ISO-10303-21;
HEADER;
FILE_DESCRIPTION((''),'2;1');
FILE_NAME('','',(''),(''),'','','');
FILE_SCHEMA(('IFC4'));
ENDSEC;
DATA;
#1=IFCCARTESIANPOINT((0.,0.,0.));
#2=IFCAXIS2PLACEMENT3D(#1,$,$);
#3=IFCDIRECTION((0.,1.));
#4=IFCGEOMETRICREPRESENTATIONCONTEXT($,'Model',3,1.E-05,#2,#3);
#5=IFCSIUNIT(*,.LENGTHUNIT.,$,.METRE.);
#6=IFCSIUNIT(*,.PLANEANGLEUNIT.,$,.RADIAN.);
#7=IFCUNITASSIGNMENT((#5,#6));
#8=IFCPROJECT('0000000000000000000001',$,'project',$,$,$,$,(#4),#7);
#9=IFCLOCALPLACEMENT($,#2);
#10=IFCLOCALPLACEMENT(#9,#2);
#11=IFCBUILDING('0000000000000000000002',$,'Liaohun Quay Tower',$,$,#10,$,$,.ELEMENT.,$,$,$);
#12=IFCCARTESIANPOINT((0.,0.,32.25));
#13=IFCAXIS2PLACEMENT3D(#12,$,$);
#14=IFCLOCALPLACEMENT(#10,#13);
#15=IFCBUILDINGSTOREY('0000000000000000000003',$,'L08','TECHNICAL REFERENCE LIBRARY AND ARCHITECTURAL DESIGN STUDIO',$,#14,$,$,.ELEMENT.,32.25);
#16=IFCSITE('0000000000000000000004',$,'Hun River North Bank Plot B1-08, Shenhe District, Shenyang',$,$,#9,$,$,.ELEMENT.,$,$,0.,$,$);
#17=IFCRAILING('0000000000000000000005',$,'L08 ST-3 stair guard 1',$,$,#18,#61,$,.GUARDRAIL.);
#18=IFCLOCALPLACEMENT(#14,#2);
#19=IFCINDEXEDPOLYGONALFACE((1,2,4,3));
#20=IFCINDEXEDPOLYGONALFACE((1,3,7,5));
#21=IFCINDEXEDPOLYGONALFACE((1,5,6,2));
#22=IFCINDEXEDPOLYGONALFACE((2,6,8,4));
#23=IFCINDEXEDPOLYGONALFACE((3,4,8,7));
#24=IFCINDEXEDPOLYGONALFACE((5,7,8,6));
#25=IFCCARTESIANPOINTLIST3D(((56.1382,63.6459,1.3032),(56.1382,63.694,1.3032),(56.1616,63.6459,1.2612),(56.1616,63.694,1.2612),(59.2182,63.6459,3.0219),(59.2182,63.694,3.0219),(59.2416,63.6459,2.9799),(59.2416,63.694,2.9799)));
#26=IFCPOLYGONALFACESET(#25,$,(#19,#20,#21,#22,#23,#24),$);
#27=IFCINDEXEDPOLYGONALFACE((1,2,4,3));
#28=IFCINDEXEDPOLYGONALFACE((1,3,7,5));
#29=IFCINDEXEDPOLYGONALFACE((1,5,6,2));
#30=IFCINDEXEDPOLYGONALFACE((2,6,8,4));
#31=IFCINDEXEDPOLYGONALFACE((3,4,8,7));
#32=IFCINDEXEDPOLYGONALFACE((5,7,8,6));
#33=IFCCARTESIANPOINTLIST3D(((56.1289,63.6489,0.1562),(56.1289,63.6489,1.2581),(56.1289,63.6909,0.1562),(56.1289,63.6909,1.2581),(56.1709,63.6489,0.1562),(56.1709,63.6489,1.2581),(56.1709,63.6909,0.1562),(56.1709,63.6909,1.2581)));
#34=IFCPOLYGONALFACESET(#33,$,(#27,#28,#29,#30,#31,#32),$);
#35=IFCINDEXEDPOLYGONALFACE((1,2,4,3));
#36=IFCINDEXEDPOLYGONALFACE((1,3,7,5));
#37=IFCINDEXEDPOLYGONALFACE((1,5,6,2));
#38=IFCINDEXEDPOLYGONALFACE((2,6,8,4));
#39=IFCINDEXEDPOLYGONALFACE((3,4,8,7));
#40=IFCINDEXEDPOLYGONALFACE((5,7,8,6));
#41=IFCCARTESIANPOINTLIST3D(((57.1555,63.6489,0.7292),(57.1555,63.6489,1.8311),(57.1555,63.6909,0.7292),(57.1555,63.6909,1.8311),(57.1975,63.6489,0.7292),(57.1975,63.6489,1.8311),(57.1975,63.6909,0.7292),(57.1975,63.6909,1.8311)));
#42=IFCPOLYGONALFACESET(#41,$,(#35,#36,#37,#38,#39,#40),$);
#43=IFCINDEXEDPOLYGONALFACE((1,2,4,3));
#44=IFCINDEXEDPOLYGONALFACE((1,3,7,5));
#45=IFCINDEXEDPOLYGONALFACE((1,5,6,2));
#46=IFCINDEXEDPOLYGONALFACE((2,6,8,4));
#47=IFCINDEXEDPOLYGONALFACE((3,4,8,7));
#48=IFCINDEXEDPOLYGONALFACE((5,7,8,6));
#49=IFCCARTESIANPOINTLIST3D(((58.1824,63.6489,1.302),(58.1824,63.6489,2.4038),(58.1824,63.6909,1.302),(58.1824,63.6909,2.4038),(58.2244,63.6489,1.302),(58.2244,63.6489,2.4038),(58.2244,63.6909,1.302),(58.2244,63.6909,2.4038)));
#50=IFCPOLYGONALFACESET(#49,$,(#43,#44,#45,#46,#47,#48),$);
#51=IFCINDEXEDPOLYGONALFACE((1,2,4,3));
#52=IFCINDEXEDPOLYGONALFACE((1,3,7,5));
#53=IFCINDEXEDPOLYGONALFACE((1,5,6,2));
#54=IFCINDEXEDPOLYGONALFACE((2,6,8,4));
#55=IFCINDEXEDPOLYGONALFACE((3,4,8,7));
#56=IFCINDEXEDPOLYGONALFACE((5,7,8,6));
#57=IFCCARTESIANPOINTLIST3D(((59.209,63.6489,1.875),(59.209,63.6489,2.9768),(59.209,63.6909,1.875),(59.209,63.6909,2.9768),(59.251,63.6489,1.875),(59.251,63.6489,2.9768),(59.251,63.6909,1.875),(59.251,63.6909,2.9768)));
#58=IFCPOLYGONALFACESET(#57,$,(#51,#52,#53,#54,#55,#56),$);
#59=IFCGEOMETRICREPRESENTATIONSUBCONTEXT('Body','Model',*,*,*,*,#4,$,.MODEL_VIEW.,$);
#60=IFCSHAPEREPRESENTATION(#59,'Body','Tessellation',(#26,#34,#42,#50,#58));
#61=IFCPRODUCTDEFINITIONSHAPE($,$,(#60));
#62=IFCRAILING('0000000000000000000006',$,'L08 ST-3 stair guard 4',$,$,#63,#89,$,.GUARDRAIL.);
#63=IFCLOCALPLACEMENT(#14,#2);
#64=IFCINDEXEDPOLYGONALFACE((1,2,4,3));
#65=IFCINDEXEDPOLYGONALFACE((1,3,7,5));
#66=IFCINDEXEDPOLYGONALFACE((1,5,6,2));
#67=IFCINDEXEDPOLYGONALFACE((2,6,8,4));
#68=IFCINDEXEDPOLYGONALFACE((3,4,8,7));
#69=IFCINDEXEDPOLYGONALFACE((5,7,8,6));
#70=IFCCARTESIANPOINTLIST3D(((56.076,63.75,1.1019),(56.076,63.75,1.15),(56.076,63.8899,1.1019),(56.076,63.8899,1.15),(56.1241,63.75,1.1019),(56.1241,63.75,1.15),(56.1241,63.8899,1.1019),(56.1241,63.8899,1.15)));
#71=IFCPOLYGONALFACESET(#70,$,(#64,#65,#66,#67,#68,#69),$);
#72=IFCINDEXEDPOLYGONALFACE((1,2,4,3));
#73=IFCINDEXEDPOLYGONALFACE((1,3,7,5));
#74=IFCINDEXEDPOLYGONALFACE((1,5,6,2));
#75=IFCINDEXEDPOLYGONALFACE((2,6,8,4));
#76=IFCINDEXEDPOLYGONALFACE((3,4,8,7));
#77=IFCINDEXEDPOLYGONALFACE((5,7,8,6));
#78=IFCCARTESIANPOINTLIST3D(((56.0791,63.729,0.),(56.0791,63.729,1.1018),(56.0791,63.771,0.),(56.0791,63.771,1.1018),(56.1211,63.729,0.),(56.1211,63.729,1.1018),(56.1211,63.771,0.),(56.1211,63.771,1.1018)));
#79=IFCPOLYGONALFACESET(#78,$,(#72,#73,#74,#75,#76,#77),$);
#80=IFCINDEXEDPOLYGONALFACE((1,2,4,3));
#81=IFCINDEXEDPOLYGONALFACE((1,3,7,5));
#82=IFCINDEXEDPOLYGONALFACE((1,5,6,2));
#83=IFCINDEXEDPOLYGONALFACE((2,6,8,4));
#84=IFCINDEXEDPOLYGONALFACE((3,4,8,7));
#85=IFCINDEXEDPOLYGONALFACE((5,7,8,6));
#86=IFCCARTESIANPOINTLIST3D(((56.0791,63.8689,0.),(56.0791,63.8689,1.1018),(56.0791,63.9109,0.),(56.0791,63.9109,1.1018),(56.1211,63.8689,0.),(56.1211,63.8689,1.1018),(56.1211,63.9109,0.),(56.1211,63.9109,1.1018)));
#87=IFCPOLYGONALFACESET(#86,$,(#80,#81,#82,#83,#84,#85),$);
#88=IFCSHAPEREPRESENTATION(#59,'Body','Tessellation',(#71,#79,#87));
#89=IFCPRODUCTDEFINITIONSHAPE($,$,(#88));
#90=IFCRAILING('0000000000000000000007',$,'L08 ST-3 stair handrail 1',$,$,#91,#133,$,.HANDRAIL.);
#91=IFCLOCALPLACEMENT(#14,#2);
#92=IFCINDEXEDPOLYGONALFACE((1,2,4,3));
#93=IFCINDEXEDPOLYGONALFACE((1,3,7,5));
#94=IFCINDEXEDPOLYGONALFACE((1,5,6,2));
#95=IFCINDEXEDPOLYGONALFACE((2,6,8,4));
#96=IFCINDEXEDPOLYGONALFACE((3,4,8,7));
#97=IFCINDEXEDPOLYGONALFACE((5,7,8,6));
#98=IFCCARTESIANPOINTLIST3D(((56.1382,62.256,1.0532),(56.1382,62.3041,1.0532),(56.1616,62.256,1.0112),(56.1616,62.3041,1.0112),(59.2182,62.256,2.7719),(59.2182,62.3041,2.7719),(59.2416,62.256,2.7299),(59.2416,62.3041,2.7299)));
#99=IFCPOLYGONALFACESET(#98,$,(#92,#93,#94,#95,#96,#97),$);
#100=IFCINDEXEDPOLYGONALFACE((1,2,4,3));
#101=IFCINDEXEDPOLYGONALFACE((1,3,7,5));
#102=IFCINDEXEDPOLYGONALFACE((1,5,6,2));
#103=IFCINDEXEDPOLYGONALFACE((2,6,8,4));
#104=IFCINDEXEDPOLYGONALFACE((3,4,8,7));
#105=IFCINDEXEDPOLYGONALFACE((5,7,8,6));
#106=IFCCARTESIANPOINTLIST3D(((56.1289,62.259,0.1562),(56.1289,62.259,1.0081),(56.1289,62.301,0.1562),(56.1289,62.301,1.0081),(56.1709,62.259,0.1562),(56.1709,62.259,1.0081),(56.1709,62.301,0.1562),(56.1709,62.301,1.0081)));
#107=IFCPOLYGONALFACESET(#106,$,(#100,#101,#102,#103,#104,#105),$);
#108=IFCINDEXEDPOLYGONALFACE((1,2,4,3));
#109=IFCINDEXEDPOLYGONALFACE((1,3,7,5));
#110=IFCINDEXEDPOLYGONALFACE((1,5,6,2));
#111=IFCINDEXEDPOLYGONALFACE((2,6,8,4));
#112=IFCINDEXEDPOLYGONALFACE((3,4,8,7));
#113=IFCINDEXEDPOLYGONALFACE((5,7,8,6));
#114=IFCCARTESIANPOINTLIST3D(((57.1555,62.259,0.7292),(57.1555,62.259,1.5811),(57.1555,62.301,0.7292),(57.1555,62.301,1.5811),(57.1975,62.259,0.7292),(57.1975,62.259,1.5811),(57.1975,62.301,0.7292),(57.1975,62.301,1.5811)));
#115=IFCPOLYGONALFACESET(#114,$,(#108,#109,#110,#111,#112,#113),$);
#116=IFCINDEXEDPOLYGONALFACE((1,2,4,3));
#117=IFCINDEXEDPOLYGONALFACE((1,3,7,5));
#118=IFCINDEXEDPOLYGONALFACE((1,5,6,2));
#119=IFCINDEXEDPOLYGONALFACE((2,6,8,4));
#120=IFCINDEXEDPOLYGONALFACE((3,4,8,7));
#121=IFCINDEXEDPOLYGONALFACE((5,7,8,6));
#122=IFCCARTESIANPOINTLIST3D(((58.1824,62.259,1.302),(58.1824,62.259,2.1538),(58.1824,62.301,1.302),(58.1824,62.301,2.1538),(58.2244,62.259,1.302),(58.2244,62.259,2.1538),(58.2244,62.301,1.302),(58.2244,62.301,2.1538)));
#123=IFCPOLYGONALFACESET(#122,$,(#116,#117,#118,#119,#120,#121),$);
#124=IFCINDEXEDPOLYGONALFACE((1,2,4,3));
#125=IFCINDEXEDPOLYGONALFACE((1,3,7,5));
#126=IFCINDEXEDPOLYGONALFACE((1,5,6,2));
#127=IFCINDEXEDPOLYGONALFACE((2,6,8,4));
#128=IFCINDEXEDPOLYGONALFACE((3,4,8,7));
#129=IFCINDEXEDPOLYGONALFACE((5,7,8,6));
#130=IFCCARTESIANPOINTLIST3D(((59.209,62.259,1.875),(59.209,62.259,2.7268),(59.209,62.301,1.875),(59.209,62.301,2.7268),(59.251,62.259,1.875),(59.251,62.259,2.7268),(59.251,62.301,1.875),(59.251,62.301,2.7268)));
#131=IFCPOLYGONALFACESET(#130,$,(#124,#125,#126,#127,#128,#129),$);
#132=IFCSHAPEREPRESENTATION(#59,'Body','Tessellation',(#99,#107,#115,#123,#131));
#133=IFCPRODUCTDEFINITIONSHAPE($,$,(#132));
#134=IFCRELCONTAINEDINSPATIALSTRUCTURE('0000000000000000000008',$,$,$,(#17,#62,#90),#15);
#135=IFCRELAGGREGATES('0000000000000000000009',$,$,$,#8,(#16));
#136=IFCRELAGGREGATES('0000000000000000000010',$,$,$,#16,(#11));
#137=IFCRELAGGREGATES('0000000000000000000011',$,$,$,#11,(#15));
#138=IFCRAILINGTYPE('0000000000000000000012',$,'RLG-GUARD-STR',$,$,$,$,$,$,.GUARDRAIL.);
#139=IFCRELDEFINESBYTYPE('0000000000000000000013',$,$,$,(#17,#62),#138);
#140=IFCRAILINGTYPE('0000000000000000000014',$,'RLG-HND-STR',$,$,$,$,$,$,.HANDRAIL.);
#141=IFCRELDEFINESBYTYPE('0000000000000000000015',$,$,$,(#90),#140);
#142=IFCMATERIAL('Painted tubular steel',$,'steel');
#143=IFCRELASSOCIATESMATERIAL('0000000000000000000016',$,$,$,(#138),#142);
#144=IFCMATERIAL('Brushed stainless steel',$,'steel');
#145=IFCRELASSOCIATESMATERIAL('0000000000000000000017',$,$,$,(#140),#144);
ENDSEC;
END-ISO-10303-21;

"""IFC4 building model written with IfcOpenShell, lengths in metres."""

from ifc_helpers import new_model, si_unit, direction, frame, origin, origin_2d, place, context, subcontext, project, spatial, rectangle, extrude, material, type_object, element, save


model = new_model("IFC4")

# Units and contexts
model_context = context("Model", 3, precision=1e-05, world=origin(), true_north=direction((0.0, 1.0)))
body_context = subcontext(model_context, "Body", "Model", "MODEL_VIEW")
ifc_project = project(units=[si_unit("LENGTHUNIT", "METRE"), si_unit("PLANEANGLEUNIT", "RADIAN")], contexts=[model_context])

# Site, building, storey
site_placement = place(None, origin())
site = spatial("IfcSite", under=ifc_project, at=site_placement, Name="Hun River North Bank Plot B1-08, Shenhe District, Shenyang", CompositionType="ELEMENT", RefElevation=0.0)
building_placement = place(site_placement, origin())
building = spatial("IfcBuilding", under=site, at=building_placement, Name="Liaohun Quay Tower", CompositionType="ELEMENT")
storey_placement = place(building_placement, frame((0.0, 0.0, 32.25)))
storey = spatial("IfcBuildingStorey", under=building, at=storey_placement, Name="L08", Description="TECHNICAL REFERENCE LIBRARY AND ARCHITECTURAL DESIGN STUDIO", CompositionType="ELEMENT", Elevation=32.25)

# Railings
ifc_material_1 = material(Name="Painted tubular steel", Category="steel")
railing_type_1 = type_object("IfcRailingType", Name="RLG-GUARD-STR", PredefinedType="GUARDRAIL", material=ifc_material_1)
railing_1_placement = place(storey_placement, frame((56.1499, 63.6699, 0.1562)))
element("IfcRailing", 1, at=railing_1_placement, inside=storey, type_object=railing_type_1, Name="L08 ST-3 stair guard 1", PredefinedType="GUARDRAIL", context=body_context, shape_type="SweptSolid", body=[
    extrude(rectangle(XDim=0.0481, YDim=0.0481, at=origin_2d()), frame((0.0, 0.0, 1.126), z_axis=(0.873242, 0.0, 0.487288), x_axis=(0.0, 1.0, 0.0)), (0.0, 0.0, 1.0), 3.5271),
    extrude(rectangle(XDim=0.042, YDim=0.042, at=origin_2d()), origin(), (0.0, 0.0, 1.0), 1.1018),
    extrude(rectangle(XDim=0.042, YDim=0.042, at=origin_2d()), frame((1.0266, 0.0, 0.573)), (0.0, 0.0, 1.0), 1.1018),
    extrude(rectangle(XDim=0.042, YDim=0.042, at=origin_2d()), frame((2.0535, 0.0, 1.1458)), (0.0, 0.0, 1.0), 1.1018),
    extrude(rectangle(XDim=0.042, YDim=0.042, at=origin_2d()), frame((3.0801, 0.0, 1.7188)), (0.0, 0.0, 1.0), 1.1018),
])
railing_2_placement = place(storey_placement, frame((56.1001, 63.75, 0.0)))
element("IfcRailing", 2, at=railing_2_placement, inside=storey, type_object=railing_type_1, Name="L08 ST-3 stair guard 4", PredefinedType="GUARDRAIL", context=body_context, shape_type="SweptSolid", body=[
    extrude(rectangle(XDim=0.0481, YDim=0.0481, at=origin_2d()), frame((0.0, 0.0, 1.126), z_axis=(0.0, 1.0, 0.0), x_axis=(-1.0, 0.0, 0.0)), (0.0, 0.0, 1.0), 0.1399),
    extrude(rectangle(XDim=0.042, YDim=0.042, at=origin_2d()), origin(), (0.0, 0.0, 1.0), 1.1018),
    extrude(rectangle(XDim=0.042, YDim=0.042, at=origin_2d()), frame((0.0, 0.1399, 0.0)), (0.0, 0.0, 1.0), 1.1018),
])
ifc_material_2 = material(Name="Brushed stainless steel", Category="steel")
railing_type_2 = type_object("IfcRailingType", Name="RLG-HND-STR", PredefinedType="HANDRAIL", material=ifc_material_2)
railing_3_placement = place(storey_placement, frame((56.1499, 62.28, 0.1562)))
element("IfcRailing", 3, at=railing_3_placement, inside=storey, type_object=railing_type_2, Name="L08 ST-3 stair handrail 1", PredefinedType="HANDRAIL", context=body_context, shape_type="SweptSolid", body=[
    extrude(rectangle(XDim=0.0481, YDim=0.0481, at=origin_2d()), frame((0.0, 0.0, 0.876), z_axis=(0.873242, 0.0, 0.487288), x_axis=(0.0, 1.0, 0.0)), (0.0, 0.0, 1.0), 3.5271),
    extrude(rectangle(XDim=0.042, YDim=0.042, at=origin_2d()), origin(), (0.0, 0.0, 1.0), 0.8518),
    extrude(rectangle(XDim=0.042, YDim=0.042, at=origin_2d()), frame((1.0266, 0.0, 0.573)), (0.0, 0.0, 1.0), 0.8518),
    extrude(rectangle(XDim=0.042, YDim=0.042, at=origin_2d()), frame((2.0535, 0.0, 1.1458)), (0.0, 0.0, 1.0), 0.8518),
    extrude(rectangle(XDim=0.042, YDim=0.042, at=origin_2d()), frame((3.0801, 0.0, 1.7188)), (0.0, 0.0, 1.0), 0.8518),
])

save(model, "model.ifc")
